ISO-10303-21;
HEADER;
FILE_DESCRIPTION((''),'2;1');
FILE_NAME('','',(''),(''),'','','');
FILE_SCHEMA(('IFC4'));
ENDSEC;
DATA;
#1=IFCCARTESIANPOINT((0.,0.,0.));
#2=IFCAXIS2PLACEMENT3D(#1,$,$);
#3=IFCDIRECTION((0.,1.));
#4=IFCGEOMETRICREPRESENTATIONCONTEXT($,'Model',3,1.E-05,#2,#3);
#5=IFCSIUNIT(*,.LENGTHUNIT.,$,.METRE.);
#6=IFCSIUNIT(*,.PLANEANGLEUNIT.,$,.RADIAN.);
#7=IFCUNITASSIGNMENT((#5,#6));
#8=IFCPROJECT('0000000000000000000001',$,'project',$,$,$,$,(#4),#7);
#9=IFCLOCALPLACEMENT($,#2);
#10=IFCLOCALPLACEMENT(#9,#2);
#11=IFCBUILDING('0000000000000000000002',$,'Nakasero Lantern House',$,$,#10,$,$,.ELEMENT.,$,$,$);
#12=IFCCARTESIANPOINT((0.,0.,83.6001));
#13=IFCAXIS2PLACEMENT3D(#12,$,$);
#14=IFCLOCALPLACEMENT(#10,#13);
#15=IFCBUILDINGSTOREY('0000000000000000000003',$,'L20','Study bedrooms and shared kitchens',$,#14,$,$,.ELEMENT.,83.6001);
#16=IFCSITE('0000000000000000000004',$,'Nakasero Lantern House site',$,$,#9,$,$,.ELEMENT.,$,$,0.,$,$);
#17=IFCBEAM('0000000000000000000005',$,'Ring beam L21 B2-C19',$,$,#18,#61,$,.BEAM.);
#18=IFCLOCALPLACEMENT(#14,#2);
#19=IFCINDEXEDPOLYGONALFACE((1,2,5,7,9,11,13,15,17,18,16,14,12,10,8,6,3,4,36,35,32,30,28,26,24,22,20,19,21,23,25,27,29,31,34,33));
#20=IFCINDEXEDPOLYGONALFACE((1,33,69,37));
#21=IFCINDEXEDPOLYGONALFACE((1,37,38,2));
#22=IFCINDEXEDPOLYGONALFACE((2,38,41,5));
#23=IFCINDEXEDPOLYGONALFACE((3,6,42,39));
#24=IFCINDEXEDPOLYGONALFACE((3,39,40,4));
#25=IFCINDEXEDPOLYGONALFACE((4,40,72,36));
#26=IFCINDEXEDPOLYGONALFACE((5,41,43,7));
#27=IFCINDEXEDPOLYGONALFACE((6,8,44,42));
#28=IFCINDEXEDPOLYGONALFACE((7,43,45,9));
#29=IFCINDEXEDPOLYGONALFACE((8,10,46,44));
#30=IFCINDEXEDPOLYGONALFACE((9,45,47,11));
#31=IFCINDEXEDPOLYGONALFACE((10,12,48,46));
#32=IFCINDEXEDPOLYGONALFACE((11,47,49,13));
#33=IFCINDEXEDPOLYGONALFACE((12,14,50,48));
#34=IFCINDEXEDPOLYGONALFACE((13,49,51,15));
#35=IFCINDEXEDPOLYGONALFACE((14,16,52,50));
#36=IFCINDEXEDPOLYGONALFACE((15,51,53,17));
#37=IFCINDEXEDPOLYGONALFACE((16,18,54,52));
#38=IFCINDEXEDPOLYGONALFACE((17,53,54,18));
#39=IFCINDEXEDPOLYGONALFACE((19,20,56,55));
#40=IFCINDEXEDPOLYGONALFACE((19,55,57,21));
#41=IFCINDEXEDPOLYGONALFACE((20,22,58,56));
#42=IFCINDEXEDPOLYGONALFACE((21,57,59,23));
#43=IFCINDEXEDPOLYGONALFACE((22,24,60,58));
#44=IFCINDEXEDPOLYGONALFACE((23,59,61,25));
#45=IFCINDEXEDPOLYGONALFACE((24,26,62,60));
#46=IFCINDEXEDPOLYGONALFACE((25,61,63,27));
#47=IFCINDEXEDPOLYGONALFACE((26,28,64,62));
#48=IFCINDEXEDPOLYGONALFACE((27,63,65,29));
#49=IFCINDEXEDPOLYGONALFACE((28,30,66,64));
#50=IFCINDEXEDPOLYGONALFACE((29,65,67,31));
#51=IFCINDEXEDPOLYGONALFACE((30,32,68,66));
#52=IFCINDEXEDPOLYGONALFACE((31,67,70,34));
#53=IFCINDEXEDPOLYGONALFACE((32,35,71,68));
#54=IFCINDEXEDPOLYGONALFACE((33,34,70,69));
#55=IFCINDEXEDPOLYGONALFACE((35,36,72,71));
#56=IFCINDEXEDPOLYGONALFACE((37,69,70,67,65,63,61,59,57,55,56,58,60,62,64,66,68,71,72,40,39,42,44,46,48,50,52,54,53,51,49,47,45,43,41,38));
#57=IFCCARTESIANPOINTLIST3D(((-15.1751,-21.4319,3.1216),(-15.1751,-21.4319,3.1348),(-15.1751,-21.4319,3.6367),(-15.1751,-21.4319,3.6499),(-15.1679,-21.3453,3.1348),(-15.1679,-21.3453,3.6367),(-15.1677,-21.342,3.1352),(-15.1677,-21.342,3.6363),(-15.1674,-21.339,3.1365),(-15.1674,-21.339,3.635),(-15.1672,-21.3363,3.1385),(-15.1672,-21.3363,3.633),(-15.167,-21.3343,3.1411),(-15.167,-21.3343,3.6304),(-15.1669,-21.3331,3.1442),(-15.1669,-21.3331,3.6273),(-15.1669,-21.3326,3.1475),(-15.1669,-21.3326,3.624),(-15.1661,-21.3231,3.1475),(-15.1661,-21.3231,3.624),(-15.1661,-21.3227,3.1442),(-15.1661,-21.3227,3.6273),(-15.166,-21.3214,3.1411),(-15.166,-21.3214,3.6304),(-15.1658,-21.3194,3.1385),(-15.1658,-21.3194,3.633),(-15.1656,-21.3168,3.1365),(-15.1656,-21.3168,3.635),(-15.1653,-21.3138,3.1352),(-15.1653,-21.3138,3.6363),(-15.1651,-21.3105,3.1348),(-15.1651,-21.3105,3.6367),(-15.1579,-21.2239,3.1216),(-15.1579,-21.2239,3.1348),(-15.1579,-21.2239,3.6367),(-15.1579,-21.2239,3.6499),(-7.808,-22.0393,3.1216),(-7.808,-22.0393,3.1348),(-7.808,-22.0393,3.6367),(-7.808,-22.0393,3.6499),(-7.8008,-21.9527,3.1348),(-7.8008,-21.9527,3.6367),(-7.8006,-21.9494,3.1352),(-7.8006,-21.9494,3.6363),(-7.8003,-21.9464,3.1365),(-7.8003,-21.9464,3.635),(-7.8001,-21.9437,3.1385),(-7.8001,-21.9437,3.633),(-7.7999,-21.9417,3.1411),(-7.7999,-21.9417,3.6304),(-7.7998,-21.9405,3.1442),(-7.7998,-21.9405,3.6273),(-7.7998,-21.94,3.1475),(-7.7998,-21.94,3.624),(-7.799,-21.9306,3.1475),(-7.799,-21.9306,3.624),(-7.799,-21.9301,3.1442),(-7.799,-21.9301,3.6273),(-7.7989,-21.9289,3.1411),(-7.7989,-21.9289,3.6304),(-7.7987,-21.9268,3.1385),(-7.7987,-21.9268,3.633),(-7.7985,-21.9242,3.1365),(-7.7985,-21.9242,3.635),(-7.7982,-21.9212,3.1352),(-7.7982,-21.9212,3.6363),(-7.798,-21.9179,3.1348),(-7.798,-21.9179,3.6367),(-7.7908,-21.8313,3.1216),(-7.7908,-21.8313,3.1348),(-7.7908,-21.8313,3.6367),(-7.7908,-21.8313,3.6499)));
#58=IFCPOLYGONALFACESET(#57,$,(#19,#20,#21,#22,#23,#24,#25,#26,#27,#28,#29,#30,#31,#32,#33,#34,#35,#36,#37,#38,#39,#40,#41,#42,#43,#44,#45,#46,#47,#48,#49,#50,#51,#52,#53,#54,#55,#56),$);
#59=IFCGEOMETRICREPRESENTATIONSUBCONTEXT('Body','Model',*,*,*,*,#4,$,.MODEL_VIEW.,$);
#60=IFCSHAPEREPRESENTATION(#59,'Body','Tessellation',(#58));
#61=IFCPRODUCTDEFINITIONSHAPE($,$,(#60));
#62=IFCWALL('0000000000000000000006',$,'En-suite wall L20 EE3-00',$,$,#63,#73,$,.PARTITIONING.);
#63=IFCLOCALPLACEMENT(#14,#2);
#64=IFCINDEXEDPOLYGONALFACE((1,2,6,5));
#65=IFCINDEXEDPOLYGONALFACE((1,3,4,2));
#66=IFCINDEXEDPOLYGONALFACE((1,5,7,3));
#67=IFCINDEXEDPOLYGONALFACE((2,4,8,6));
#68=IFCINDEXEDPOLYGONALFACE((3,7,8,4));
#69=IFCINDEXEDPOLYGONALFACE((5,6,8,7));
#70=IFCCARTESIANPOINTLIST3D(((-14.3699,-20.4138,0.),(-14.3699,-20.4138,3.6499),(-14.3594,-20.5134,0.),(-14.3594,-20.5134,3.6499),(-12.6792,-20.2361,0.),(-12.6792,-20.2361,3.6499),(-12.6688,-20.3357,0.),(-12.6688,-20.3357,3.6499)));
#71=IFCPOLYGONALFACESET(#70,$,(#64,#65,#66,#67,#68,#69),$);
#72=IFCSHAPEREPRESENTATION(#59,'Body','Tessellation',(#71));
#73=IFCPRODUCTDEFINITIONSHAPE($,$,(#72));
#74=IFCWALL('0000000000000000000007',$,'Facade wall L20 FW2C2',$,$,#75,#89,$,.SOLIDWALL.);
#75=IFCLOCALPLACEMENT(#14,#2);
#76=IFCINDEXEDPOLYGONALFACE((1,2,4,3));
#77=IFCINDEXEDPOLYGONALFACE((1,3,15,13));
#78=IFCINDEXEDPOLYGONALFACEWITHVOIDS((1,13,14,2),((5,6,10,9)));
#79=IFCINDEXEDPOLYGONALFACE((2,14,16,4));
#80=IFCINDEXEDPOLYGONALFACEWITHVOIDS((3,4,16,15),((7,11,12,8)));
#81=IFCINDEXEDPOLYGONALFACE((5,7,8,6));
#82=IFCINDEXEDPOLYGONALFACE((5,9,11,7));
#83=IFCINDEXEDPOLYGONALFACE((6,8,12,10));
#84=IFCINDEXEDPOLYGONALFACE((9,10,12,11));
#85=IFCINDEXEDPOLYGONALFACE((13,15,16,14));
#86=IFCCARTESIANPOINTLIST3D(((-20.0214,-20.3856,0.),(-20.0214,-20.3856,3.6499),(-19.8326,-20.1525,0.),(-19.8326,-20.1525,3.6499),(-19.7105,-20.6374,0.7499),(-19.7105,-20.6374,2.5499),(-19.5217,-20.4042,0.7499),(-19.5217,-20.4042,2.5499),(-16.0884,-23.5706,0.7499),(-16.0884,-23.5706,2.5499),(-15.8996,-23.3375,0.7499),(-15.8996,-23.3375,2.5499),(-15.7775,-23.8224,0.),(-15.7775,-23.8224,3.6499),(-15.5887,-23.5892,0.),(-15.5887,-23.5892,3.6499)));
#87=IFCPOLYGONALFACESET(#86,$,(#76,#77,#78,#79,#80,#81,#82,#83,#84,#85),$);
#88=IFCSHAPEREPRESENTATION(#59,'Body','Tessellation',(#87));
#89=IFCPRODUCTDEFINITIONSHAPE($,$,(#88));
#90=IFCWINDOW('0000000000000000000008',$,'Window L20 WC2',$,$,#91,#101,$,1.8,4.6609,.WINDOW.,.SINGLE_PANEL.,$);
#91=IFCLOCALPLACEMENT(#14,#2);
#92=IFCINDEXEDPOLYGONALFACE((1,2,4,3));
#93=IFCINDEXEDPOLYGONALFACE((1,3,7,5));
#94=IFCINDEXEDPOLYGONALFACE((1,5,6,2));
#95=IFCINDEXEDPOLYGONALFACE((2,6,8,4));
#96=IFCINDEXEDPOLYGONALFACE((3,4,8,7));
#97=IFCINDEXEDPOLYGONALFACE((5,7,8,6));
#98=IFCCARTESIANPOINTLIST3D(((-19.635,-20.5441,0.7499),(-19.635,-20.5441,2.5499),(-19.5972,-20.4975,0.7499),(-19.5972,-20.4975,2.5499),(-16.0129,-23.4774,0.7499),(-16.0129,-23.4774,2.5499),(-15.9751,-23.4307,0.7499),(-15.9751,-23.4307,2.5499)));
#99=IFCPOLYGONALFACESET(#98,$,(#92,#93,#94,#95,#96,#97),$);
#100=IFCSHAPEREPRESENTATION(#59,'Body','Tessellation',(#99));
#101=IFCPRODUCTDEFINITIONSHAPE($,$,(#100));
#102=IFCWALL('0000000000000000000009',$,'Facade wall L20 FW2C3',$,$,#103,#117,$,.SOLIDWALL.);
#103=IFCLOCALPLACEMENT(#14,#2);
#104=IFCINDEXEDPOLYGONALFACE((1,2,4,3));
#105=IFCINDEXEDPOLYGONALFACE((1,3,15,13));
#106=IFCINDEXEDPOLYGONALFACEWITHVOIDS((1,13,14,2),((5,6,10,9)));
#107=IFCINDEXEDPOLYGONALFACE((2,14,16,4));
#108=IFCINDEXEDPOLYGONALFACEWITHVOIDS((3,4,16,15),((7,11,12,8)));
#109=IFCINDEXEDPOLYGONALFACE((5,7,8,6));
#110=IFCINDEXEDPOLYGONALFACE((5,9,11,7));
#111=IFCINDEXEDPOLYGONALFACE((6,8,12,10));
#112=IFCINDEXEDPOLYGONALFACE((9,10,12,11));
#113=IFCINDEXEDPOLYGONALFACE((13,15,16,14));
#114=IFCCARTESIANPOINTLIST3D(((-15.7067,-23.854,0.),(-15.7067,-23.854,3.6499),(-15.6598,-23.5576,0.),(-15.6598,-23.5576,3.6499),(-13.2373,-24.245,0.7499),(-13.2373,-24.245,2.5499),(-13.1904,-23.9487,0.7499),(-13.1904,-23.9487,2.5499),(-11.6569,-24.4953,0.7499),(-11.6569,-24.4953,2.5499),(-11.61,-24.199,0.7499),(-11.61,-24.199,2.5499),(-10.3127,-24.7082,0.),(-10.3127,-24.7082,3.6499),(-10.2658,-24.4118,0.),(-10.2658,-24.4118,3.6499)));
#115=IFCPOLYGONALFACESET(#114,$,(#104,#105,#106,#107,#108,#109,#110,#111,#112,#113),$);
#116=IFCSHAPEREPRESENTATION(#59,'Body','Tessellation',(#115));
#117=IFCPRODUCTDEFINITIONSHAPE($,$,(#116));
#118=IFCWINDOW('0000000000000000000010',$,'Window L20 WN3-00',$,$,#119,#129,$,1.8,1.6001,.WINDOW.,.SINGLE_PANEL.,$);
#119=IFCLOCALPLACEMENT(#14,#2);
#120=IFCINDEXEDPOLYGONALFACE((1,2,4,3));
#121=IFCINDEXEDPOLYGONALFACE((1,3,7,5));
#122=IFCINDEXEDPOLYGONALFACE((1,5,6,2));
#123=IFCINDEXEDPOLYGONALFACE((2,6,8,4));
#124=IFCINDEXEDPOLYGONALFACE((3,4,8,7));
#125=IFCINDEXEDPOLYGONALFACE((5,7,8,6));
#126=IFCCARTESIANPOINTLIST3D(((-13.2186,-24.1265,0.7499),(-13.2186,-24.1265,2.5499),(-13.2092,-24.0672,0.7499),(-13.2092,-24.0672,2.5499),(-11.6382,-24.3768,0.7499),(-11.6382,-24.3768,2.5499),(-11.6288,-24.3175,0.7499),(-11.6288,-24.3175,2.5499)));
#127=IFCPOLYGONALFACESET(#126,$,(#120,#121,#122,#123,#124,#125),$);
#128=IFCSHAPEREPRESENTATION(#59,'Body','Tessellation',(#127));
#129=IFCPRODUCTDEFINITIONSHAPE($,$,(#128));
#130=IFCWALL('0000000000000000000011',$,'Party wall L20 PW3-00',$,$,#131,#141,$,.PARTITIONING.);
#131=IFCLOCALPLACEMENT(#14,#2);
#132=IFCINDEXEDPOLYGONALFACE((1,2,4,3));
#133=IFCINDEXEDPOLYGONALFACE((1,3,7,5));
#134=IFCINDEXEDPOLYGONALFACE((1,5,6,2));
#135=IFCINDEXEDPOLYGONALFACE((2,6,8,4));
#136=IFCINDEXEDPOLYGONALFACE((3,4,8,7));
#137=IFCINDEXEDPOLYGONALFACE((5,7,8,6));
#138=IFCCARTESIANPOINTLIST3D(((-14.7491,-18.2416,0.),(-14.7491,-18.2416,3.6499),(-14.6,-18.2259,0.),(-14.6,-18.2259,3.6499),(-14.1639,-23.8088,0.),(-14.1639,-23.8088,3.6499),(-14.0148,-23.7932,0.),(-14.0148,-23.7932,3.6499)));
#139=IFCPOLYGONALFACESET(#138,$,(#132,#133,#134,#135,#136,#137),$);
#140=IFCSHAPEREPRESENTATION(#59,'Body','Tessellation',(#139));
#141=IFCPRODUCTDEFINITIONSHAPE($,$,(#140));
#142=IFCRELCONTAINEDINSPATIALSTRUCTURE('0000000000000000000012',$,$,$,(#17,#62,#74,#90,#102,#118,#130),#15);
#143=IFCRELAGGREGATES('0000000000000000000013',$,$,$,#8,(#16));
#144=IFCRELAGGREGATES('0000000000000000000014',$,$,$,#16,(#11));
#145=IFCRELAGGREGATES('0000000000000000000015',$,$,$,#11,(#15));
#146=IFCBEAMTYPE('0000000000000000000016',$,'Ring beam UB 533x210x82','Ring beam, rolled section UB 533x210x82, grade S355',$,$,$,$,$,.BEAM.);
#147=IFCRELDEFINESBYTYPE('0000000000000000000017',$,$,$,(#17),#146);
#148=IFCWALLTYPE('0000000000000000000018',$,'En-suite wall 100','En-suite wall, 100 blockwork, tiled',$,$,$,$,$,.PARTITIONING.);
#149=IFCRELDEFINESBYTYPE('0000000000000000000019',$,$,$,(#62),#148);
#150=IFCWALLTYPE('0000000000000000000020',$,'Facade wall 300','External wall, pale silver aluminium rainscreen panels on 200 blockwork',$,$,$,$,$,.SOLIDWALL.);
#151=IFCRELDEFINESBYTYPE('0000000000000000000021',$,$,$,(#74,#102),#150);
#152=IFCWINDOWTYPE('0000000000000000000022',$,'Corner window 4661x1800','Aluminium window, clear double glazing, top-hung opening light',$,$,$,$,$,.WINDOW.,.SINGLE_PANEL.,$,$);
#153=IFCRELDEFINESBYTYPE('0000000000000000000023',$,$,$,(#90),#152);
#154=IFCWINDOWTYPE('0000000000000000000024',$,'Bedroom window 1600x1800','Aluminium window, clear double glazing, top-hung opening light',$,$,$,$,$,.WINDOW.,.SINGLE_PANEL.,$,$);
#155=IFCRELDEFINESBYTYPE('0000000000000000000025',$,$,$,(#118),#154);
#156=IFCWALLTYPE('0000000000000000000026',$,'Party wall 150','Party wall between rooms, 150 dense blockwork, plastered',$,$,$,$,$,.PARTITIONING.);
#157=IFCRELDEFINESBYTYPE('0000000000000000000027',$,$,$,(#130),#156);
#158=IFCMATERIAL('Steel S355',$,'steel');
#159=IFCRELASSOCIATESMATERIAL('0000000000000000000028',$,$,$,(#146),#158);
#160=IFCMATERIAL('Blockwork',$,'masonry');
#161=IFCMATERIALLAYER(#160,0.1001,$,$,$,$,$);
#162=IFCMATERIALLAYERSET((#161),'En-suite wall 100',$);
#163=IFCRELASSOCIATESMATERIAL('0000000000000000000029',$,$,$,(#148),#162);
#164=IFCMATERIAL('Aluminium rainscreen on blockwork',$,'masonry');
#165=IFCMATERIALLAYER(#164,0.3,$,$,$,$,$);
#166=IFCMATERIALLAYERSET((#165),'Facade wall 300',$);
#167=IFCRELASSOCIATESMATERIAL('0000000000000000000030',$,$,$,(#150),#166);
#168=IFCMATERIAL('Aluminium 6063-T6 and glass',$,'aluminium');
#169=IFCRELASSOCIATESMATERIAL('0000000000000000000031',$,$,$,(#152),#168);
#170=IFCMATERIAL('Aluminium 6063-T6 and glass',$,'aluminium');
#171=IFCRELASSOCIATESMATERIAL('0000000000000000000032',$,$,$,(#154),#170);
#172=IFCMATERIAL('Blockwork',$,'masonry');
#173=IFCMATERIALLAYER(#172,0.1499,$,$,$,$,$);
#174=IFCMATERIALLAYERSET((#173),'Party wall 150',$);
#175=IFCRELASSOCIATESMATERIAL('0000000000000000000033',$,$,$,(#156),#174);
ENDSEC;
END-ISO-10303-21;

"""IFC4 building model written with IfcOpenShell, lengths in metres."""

from ifc_helpers import new_model, si_unit, direction, frame, frame_2d, origin, origin_2d, place, context, subcontext, project, spatial, rectangle, i_section, extrude, material, layer, layer_set, material_profile, profile_set, type_object, element, fill, save


model = new_model("IFC4")

# Units and contexts
model_context = context("Model", 3, precision=1e-05, world=origin(), true_north=direction((0.0, 1.0)))
body_context = subcontext(model_context, "Body", "Model", "MODEL_VIEW")
ifc_project = project(units=[si_unit("LENGTHUNIT", "METRE"), si_unit("PLANEANGLEUNIT", "RADIAN")], contexts=[model_context])

# Site, building, storey
site_placement = place(None, origin())
site = spatial("IfcSite", under=ifc_project, at=site_placement, Name="Nakasero Lantern House site", CompositionType="ELEMENT", RefElevation=0.0)
building_placement = place(site_placement, origin())
building = spatial("IfcBuilding", under=site, at=building_placement, Name="Nakasero Lantern House", CompositionType="ELEMENT")
storey_placement = place(building_placement, frame((0.0, 0.0, 83.6001)))
storey = spatial("IfcBuildingStorey", under=building, at=storey_placement, Name="L20", Description="Study bedrooms and shared kitchens", CompositionType="ELEMENT", Elevation=83.6001)

# Beam
ifc_material_1 = material(Name="Steel S355", Category="steel")
ifc_material_profile_1 = material_profile(ifc_material_1, i_section(OverallWidth=0.2087, OverallDepth=0.5283, WebThickness=0.0095, FlangeThickness=0.0132, FilletRadius=0.0127, at=origin_2d()), Name="UB 533x210x82")
ifc_profile_set_1 = profile_set([ifc_material_profile_1], Name="Steel S355")
beam_type_1 = type_object("IfcBeamType", Name="Ring beam UB 533x210x82", Description="Ring beam, rolled section UB 533x210x82, grade S355", PredefinedType="BEAM", material=ifc_profile_set_1)
beam_1_placement = place(storey_placement, frame((-15.1665, -21.3279, 3.3857), z_axis=(0.996618, -0.082171, 0.0), x_axis=(0.082171, 0.996618, 0.0)))
element("IfcBeam", 1, at=beam_1_placement, inside=storey, type_object=beam_type_1, Name="Ring beam L21 B2-C19", PredefinedType="BEAM", context=body_context, shape_type="SweptSolid", body=[
    extrude(i_section(OverallWidth=0.2087, OverallDepth=0.5283, WebThickness=0.0095, FlangeThickness=0.0132, FilletRadius=0.0127, at=origin_2d()), origin(), (0.0, 0.0, 1.0), 7.3921),
])

# Wall
ifc_material_2 = material(Name="Blockwork", Category="masonry")
ifc_layer_1 = layer(ifc_material_2, 0.1001)
ifc_layer_set_1 = layer_set([ifc_layer_1], Name="En-suite wall 100")
wall_type_1 = type_object("IfcWallType", Name="En-suite wall 100", Description="En-suite wall, 100 blockwork, tiled", PredefinedType="PARTITIONING", material=ifc_layer_set_1)
wall_1_placement = place(storey_placement, frame((-14.3647, -20.4636, 0.0), z_axis=(0.0, 0.0, 1.0), x_axis=(0.99452, 0.10455, 0.0)))
element("IfcWall", 2, at=wall_1_placement, inside=storey, type_object=wall_type_1, Name="En-suite wall L20 EE3-00", PredefinedType="PARTITIONING", context=body_context, shape_type="SweptSolid", body=[
    extrude(rectangle(XDim=1.7, YDim=0.1001, at=frame_2d((0.8501, 0.0))), origin(), (0.0, 0.0, 1.0), 3.6499),
])

# Walls, openings, windows
ifc_material_3 = material(Name="Aluminium rainscreen on blockwork", Category="masonry")
ifc_layer_2 = layer(ifc_material_3, 0.3)
ifc_layer_set_2 = layer_set([ifc_layer_2], Name="Facade wall 300")
wall_type_2 = type_object("IfcWallType", Name="Facade wall 300", Description="External wall, pale silver aluminium rainscreen panels on 200 blockwork", PredefinedType="SOLIDWALL", material=ifc_layer_set_2)
wall_2_placement = place(storey_placement, frame((-19.927, -20.269, 0.0), z_axis=(0.0, 0.0, 1.0), x_axis=(0.777135, -0.629335, 0.0)))
wall_2 = element("IfcWall", 3, at=wall_2_placement, inside=storey, type_object=wall_type_2, Name="Facade wall L20 FW2C2", PredefinedType="SOLIDWALL", context=body_context, shape_type="SweptSolid", body=[
    extrude(rectangle(XDim=5.4609, YDim=0.3, at=frame_2d((2.7305, 0.0))), origin(), (0.0, 0.0, 1.0), 3.6499),
])
opening_1_placement = place(wall_2_placement, frame((0.3999, 0.0, 0.75)))
opening_1 = element("IfcOpeningElement", 4, at=opening_1_placement, cuts=wall_2, PredefinedType="OPENING", context=body_context, shape_type="SweptSolid", body=[
    extrude(rectangle(XDim=4.6609, YDim=1.8, at=frame_2d((2.3306, 0.8999))), frame((0.0, 0.1699, 0.0), z_axis=(0.0, -1.0, 0.0), x_axis=(1.0, 0.0, 0.0)), (0.0, 0.0, 1.0), 0.3401),
])
ifc_material_4 = material(Name="Aluminium 6063-T6 and glass", Category="aluminium")
window_type_1 = type_object("IfcWindowType", Name="Corner window 4661x1800", Description="Aluminium window, clear double glazing, top-hung opening light", PartitioningType="SINGLE_PANEL", PredefinedType="WINDOW", material=ifc_material_4)
window_1_placement = place(opening_1_placement, origin())
window_1 = element("IfcWindow", 5, at=window_1_placement, inside=storey, type_object=window_type_1, Name="Window L20 WC2", OverallHeight=1.8, OverallWidth=4.6609, PartitioningType="SINGLE_PANEL", PredefinedType="WINDOW", context=body_context, shape_type="SweptSolid", body=[
    extrude(rectangle(XDim=4.6609, YDim=1.8, at=frame_2d((2.3306, 0.8999))), frame((0.0, 0.03, 0.0), z_axis=(0.0, -1.0, 0.0), x_axis=(1.0, 0.0, 0.0)), (0.0, 0.0, 1.0), 0.0601),
])
fill(opening_1, window_1)
wall_3_placement = place(storey_placement, frame((-15.6831, -23.7058, 0.0), z_axis=(0.0, 0.0, 1.0), x_axis=(0.987691, -0.156419, 0.0)))
wall_3 = element("IfcWall", 6, at=wall_3_placement, inside=storey, type_object=wall_type_2, Name="Facade wall L20 FW2C3", PredefinedType="SOLIDWALL", context=body_context, shape_type="SweptSolid", body=[
    extrude(rectangle(XDim=5.4612, YDim=0.3, at=frame_2d((2.7305, 0.0))), origin(), (0.0, 0.0, 1.0), 3.6499),
])
opening_2_placement = place(wall_3_placement, frame((2.5, 0.0, 0.75)))
opening_2 = element("IfcOpeningElement", 7, at=opening_2_placement, cuts=wall_3, PredefinedType="OPENING", context=body_context, shape_type="SweptSolid", body=[
    extrude(rectangle(XDim=1.6001, YDim=1.8, at=frame_2d((0.8, 0.8999))), frame((0.0, 0.1699, 0.0), z_axis=(0.0, -1.0, 0.0), x_axis=(1.0, 0.0, 0.0)), (0.0, 0.0, 1.0), 0.3401),
])
ifc_material_5 = material(Name="Aluminium 6063-T6 and glass", Category="aluminium")
window_type_2 = type_object("IfcWindowType", Name="Bedroom window 1600x1800", Description="Aluminium window, clear double glazing, top-hung opening light", PartitioningType="SINGLE_PANEL", PredefinedType="WINDOW", material=ifc_material_5)
window_2_placement = place(opening_2_placement, origin())
window_2 = element("IfcWindow", 8, at=window_2_placement, inside=storey, type_object=window_type_2, Name="Window L20 WN3-00", OverallHeight=1.8, OverallWidth=1.6001, PartitioningType="SINGLE_PANEL", PredefinedType="WINDOW", context=body_context, shape_type="SweptSolid", body=[
    extrude(rectangle(XDim=1.6001, YDim=1.8, at=frame_2d((0.8, 0.8999))), frame((0.0, 0.03, 0.0), z_axis=(0.0, -1.0, 0.0), x_axis=(1.0, 0.0, 0.0)), (0.0, 0.0, 1.0), 0.0601),
])
fill(opening_2, window_2)

# Wall
ifc_material_6 = material(Name="Blockwork", Category="masonry")
ifc_layer_3 = layer(ifc_material_6, 0.1499)
ifc_layer_set_3 = layer_set([ifc_layer_3], Name="Party wall 150")
wall_type_3 = type_object("IfcWallType", Name="Party wall 150", Description="Party wall between rooms, 150 dense blockwork, plastered", PredefinedType="PARTITIONING", material=ifc_layer_set_3)
wall_4_placement = place(storey_placement, frame((-14.6746, -18.2339, 0.0), z_axis=(0.0, 0.0, 1.0), x_axis=(0.104542, -0.99452, 0.0)))
element("IfcWall", 9, at=wall_4_placement, inside=storey, type_object=wall_type_3, Name="Party wall L20 PW3-00", PredefinedType="PARTITIONING", context=body_context, shape_type="SweptSolid", body=[
    extrude(rectangle(XDim=5.5979, YDim=0.1499, at=frame_2d((2.7988, 0.0))), origin(), (0.0, 0.0, 1.0), 3.6499),
])

save(model, "model.ifc")
